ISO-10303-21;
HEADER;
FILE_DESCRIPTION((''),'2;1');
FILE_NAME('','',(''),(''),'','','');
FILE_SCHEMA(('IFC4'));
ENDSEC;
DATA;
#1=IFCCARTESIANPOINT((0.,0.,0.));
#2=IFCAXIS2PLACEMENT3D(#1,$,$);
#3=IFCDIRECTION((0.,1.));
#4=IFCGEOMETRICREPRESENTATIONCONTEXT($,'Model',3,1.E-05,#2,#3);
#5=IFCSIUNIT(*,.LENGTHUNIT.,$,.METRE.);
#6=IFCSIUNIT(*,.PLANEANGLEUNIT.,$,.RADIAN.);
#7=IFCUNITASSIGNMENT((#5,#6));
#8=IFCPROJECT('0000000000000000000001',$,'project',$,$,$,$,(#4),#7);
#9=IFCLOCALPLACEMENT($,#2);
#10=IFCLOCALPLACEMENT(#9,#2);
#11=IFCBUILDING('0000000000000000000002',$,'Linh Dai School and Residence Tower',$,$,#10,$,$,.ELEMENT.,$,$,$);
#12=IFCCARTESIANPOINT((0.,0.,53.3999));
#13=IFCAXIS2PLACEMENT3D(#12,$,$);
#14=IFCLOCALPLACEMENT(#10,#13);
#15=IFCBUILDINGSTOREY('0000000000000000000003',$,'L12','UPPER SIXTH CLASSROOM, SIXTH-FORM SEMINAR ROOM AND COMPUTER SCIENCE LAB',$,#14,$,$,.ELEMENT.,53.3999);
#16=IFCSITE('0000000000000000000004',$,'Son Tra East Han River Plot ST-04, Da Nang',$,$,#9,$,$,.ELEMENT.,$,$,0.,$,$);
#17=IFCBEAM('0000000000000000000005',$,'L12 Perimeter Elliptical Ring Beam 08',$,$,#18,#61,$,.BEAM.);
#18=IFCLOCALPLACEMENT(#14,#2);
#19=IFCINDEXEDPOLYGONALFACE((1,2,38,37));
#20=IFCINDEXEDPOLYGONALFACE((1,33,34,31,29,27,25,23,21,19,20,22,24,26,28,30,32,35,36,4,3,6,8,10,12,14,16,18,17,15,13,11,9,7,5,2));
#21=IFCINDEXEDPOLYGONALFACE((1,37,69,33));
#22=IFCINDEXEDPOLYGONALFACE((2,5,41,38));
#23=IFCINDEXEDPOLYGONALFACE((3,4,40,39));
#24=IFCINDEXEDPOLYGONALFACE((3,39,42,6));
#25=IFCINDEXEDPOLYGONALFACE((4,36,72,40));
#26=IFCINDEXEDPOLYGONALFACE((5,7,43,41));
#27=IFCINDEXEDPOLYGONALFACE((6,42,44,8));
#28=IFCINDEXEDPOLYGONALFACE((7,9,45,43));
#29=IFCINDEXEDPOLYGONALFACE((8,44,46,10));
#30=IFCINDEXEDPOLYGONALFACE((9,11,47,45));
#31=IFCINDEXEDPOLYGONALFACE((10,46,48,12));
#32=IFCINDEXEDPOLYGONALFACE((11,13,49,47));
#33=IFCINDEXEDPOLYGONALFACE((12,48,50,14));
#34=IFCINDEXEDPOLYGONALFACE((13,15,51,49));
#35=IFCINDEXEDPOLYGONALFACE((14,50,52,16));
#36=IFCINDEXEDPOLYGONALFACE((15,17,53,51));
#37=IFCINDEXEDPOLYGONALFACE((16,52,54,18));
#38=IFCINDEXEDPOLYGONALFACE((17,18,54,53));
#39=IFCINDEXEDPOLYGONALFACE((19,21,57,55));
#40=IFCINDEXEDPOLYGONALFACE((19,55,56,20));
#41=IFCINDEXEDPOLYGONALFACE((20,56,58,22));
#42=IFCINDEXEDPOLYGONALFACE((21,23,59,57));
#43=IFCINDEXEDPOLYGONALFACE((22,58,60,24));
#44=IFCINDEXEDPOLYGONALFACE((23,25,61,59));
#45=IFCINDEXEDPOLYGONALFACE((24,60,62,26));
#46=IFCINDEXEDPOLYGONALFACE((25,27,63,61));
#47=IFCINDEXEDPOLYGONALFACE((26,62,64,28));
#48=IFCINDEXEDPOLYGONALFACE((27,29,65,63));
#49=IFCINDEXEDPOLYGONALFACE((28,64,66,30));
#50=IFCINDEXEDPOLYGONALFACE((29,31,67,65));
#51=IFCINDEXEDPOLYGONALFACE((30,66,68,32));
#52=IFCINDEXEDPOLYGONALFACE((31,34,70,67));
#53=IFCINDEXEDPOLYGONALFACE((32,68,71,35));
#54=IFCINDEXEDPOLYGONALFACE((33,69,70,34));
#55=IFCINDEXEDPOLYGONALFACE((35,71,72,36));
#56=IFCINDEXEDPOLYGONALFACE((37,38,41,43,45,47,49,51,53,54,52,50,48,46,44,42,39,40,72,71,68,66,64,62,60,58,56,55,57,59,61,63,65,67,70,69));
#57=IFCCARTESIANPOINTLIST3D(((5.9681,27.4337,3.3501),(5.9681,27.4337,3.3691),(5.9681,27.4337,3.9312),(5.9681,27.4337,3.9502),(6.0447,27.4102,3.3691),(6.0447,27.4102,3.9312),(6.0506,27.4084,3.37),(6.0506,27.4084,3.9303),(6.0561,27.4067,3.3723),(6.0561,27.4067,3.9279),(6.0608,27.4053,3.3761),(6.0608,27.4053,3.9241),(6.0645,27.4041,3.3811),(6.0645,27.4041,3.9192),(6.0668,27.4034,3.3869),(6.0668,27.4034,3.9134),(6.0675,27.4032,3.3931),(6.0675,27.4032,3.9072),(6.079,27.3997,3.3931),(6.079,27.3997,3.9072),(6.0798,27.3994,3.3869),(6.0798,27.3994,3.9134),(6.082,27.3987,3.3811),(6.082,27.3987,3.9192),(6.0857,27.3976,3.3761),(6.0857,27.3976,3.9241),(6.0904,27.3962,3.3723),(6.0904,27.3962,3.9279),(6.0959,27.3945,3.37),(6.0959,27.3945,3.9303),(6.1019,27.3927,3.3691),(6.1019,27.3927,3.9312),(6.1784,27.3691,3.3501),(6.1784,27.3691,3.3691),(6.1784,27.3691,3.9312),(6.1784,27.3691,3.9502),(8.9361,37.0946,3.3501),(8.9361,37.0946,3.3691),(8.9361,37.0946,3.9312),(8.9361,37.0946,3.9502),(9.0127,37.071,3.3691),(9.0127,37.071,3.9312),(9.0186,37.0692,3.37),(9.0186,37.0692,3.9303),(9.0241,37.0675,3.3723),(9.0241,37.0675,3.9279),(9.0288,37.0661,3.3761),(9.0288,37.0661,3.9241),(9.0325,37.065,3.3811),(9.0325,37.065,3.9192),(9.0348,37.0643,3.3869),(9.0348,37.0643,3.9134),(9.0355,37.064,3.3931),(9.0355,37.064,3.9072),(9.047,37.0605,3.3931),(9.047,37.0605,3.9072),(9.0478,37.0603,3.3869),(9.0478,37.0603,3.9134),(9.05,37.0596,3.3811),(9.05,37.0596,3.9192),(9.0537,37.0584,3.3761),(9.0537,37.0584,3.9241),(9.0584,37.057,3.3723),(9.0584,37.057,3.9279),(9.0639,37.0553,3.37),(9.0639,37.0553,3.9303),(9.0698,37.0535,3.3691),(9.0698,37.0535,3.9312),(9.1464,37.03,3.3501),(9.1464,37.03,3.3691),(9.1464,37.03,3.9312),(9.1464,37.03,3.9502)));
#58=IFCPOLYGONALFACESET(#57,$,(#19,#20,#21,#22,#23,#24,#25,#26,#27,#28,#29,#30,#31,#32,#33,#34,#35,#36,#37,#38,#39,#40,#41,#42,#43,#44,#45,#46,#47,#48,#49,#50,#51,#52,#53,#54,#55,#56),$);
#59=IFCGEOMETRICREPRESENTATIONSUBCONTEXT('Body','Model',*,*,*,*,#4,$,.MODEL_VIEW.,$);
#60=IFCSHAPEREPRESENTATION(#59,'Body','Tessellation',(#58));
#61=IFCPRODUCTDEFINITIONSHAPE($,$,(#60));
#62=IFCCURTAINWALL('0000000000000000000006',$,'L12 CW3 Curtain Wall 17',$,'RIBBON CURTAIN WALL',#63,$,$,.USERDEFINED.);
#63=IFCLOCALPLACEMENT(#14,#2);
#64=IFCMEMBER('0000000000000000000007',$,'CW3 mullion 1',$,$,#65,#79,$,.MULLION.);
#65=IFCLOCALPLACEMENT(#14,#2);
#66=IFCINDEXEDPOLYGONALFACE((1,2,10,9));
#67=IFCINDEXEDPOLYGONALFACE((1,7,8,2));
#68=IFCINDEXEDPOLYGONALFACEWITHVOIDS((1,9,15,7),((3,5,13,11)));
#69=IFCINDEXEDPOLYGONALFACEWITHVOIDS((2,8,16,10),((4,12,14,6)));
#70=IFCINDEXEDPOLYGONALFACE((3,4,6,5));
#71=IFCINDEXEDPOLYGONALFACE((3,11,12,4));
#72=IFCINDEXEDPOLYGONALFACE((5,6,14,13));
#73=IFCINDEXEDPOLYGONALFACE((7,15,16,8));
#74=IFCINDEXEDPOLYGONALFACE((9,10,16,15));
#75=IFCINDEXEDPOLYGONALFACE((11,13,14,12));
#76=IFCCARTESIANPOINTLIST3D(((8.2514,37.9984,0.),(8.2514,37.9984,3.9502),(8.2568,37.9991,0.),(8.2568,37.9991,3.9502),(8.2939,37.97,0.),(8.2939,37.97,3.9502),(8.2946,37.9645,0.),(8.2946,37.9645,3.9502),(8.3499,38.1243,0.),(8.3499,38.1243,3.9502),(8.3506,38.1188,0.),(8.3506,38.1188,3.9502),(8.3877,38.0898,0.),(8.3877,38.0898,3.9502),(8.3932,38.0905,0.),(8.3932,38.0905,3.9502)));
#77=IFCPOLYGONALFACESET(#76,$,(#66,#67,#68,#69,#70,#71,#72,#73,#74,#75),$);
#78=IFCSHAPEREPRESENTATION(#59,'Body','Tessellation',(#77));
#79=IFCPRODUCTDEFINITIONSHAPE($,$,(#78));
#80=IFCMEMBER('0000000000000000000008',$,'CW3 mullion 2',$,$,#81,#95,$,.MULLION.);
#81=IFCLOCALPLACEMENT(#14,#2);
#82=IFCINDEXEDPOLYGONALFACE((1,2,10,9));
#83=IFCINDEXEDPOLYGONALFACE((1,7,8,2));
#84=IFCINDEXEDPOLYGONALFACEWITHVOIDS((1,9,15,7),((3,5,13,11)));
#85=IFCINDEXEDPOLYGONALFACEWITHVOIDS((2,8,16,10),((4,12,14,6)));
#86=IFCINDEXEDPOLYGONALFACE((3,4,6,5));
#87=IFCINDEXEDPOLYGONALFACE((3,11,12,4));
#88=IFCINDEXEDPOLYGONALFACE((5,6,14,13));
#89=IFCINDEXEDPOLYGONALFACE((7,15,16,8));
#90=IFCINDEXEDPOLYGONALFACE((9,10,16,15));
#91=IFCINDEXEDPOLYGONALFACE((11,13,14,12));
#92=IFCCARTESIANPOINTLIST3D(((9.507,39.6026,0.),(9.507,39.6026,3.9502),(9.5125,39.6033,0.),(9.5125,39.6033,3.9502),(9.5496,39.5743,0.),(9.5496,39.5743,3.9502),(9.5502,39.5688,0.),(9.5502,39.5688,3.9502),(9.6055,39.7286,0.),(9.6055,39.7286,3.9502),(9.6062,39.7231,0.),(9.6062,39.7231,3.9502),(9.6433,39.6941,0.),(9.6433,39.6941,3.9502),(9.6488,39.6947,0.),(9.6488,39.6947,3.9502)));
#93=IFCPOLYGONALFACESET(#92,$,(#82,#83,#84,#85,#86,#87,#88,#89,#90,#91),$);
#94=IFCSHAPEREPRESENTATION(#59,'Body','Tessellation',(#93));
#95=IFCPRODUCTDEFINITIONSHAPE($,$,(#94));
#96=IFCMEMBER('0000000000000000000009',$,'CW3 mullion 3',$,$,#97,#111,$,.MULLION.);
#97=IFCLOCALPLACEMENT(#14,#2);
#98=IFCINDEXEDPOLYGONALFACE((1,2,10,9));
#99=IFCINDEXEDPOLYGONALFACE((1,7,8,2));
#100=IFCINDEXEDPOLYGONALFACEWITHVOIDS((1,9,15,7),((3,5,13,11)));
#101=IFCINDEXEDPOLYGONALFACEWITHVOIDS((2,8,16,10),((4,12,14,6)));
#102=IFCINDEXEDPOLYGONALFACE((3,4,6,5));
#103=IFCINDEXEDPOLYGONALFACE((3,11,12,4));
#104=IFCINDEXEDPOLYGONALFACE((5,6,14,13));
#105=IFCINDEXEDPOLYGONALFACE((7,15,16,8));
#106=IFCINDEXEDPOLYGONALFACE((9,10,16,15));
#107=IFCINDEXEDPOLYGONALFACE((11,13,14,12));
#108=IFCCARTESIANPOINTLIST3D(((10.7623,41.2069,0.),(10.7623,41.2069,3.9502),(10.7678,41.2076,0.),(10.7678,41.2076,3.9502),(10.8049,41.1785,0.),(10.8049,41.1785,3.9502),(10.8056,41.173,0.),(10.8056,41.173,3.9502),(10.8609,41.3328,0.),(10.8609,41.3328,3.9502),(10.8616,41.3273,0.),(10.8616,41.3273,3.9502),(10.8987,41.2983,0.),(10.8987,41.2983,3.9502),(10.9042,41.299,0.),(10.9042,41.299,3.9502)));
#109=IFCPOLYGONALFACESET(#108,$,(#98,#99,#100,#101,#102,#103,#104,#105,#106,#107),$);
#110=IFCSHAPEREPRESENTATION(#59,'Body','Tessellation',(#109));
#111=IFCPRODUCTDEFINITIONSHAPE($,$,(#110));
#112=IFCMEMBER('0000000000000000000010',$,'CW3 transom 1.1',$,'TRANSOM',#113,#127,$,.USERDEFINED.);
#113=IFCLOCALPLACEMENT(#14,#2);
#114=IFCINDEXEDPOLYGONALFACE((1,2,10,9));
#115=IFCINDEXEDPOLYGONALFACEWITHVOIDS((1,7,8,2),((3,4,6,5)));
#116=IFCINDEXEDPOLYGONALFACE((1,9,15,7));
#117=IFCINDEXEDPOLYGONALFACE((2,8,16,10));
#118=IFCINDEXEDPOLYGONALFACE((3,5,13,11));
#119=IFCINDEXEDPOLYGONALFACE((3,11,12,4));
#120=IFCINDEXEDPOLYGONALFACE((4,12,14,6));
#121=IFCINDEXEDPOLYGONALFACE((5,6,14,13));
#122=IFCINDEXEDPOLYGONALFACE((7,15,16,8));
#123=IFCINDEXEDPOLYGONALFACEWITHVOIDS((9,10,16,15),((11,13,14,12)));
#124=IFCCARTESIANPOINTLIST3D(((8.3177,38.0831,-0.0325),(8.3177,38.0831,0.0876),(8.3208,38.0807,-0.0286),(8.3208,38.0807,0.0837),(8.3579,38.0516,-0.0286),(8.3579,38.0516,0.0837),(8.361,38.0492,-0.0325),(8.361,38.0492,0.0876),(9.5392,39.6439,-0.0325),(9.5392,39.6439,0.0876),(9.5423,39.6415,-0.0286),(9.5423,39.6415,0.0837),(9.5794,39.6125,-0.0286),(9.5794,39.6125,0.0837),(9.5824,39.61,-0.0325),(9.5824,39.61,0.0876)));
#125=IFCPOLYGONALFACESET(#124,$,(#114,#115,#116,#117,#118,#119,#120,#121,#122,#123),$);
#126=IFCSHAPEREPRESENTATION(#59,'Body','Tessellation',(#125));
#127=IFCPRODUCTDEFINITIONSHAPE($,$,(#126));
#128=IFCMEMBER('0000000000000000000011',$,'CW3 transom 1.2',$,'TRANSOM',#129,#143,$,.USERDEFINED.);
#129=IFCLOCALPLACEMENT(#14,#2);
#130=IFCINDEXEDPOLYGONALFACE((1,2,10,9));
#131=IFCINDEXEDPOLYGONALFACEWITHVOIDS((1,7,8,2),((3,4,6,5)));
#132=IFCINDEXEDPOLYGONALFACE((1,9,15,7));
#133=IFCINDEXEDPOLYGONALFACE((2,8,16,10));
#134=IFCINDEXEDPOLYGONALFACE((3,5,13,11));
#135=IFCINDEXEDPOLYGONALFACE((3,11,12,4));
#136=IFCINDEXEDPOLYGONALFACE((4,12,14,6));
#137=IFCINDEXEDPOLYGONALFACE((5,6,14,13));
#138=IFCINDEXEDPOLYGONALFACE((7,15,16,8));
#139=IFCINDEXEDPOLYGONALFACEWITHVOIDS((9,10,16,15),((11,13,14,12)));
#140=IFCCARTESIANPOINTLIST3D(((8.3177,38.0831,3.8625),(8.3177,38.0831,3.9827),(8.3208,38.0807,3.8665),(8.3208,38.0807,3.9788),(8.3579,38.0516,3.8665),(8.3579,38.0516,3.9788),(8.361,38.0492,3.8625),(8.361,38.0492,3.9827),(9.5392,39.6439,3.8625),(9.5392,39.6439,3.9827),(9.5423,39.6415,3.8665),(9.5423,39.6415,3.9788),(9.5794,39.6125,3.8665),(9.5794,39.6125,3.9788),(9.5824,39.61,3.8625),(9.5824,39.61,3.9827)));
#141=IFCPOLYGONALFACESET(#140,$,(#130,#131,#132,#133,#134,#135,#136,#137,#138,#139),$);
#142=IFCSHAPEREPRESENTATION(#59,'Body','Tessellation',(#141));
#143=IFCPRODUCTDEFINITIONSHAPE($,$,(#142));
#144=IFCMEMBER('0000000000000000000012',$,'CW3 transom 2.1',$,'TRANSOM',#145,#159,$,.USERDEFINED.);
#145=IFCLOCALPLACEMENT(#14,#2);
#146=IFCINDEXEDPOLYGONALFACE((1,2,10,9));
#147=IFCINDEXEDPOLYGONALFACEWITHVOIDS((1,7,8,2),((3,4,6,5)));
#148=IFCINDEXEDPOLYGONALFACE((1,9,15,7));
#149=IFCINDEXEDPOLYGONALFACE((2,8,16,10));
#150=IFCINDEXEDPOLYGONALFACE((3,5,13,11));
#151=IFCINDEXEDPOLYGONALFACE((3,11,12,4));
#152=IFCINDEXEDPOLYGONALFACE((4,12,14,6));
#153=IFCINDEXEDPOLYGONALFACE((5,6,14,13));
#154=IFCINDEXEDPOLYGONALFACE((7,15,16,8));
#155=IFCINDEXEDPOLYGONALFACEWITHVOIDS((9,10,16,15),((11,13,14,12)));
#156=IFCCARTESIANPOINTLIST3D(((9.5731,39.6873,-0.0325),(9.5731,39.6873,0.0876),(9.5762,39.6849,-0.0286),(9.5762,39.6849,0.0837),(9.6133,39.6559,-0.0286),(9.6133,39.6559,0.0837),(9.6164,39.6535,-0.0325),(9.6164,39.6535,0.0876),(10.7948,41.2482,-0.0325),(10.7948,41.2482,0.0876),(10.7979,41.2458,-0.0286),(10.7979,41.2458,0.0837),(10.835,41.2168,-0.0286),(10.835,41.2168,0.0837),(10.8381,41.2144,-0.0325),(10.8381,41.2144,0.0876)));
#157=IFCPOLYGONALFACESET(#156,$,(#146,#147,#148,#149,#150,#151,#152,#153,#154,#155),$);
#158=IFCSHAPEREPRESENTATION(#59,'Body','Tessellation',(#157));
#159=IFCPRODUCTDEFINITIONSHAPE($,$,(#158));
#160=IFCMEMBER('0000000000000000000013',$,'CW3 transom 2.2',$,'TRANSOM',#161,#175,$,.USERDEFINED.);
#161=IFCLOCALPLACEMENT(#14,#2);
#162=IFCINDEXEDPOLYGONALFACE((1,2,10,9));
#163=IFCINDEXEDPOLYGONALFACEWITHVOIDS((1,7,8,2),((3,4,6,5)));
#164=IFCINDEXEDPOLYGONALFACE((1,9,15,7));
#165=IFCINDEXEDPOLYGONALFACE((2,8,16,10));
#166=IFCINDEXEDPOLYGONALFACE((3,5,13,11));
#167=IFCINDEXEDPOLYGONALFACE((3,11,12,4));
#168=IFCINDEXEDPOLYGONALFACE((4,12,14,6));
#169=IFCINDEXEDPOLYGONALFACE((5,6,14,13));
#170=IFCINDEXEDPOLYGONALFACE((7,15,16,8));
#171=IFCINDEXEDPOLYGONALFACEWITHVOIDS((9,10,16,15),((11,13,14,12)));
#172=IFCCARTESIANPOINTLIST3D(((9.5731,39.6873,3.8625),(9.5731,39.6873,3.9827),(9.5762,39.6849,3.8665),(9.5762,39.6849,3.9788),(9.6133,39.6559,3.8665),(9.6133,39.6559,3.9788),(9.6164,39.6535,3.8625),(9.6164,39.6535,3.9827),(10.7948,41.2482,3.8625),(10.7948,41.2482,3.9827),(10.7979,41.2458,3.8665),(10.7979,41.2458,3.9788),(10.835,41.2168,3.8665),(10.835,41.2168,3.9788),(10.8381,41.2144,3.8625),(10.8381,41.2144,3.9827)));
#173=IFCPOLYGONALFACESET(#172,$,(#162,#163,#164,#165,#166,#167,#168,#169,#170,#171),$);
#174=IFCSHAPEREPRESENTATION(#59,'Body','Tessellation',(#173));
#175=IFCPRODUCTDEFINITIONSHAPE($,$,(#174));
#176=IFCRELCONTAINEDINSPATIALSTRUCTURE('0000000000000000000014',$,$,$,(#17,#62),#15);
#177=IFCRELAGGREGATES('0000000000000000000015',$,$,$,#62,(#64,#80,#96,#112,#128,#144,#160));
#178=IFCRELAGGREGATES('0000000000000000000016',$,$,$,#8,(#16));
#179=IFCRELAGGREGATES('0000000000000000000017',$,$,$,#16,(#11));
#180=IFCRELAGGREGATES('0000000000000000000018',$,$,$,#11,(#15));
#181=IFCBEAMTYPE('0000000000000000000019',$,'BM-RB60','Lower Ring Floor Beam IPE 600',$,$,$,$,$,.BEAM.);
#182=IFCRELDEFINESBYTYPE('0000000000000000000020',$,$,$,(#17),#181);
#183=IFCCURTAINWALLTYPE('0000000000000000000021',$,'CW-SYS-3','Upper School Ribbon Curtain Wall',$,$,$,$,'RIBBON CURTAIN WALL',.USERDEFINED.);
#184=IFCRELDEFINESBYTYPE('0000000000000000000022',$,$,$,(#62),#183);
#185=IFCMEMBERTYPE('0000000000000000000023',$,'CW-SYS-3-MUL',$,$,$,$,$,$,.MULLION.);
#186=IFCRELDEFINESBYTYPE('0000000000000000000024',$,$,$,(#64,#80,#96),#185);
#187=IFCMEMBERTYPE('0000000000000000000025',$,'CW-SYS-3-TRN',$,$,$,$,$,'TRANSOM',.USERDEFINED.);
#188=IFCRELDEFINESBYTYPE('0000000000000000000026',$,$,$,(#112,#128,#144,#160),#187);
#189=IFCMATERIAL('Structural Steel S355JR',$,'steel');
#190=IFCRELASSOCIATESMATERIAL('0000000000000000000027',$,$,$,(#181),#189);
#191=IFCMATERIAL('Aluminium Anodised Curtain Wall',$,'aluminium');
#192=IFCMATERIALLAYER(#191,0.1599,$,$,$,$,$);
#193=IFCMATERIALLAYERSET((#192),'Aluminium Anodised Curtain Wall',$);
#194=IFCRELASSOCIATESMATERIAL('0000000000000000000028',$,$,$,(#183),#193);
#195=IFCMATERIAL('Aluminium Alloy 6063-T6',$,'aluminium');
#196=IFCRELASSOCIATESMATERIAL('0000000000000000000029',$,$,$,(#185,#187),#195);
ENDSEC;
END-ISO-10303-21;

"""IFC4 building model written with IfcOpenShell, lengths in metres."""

from ifc_helpers import new_model, si_unit, direction, frame, origin, origin_2d, place, context, subcontext, project, spatial, hollow_rectangle, i_section, extrude, source, transform, mapped, material, layer, layer_set, material_profile, profile_set, type_object, element, aggregate, save


model = new_model("IFC4")

# Units and contexts
model_context = context("Model", 3, precision=1e-05, world=origin(), true_north=direction((0.0, 1.0)))
body_context = subcontext(model_context, "Body", "Model", "MODEL_VIEW")
ifc_project = project(units=[si_unit("LENGTHUNIT", "METRE"), si_unit("PLANEANGLEUNIT", "RADIAN")], contexts=[model_context])

# Site, building, storey
site_placement = place(None, origin())
site = spatial("IfcSite", under=ifc_project, at=site_placement, Name="Son Tra East Han River Plot ST-04, Da Nang", CompositionType="ELEMENT", RefElevation=0.0)
building_placement = place(site_placement, origin())
building = spatial("IfcBuilding", under=site, at=building_placement, Name="Linh Dai School and Residence Tower", CompositionType="ELEMENT")
storey_placement = place(building_placement, frame((0.0, 0.0, 53.3999)))
storey = spatial("IfcBuildingStorey", under=building, at=storey_placement, Name="L12", Description="UPPER SIXTH CLASSROOM, SIXTH-FORM SEMINAR ROOM AND COMPUTER SCIENCE LAB", CompositionType="ELEMENT", Elevation=53.3999)

# Shared definitions
ifc_material_1 = material(Name="Structural Steel S355JR", Category="steel")

# Beam
ifc_material_profile_1 = material_profile(ifc_material_1, i_section(OverallWidth=0.22, OverallDepth=0.6001, WebThickness=0.012, FlangeThickness=0.019, FilletRadius=0.0239, at=origin_2d()), Name="IPE 600")
ifc_profile_set_1 = profile_set([ifc_material_profile_1], Name="Structural Steel S355JR")
beam_type_1 = type_object("IfcBeamType", Name="BM-RB60", Description="Lower Ring Floor Beam IPE 600", PredefinedType="BEAM", material=ifc_profile_set_1)
beam_1_placement = place(storey_placement, frame((9.0413, 37.0623, 3.6501), z_axis=(-0.293673, -0.955906, 0.0), x_axis=(0.955906, -0.293673, 0.0)))
element("IfcBeam", 1, at=beam_1_placement, inside=storey, type_object=beam_type_1, Name="L12 Perimeter Elliptical Ring Beam 08", PredefinedType="BEAM", context=body_context, shape_type="SweptSolid", body=[
    extrude(i_section(OverallWidth=0.22, OverallDepth=0.6001, WebThickness=0.012, FlangeThickness=0.019, FilletRadius=0.0239, at=origin_2d()), origin(), (0.0, 0.0, 1.0), 10.1064),
])

# Curtain wall, members
ifc_material_2 = material(Name="Aluminium Anodised Curtain Wall", Category="aluminium")
ifc_layer_1 = layer(ifc_material_2, 0.1599)
ifc_layer_set_1 = layer_set([ifc_layer_1], Name="Aluminium Anodised Curtain Wall")
curtain_wall_type = type_object("IfcCurtainWallType", Name="CW-SYS-3", Description="Upper School Ribbon Curtain Wall", ElementType="RIBBON CURTAIN WALL", PredefinedType="USERDEFINED", material=ifc_layer_set_1)
curtain_wall_placement = place(storey_placement, origin())
curtain_wall = element("IfcCurtainWall", 2, at=curtain_wall_placement, inside=storey, type_object=curtain_wall_type, Name="L12 CW3 Curtain Wall 17", ObjectType="RIBBON CURTAIN WALL", PredefinedType="USERDEFINED")
ifc_material_3 = material(Name="Aluminium Alloy 6063-T6", Category="aluminium")
ifc_material_profile_2 = material_profile(ifc_material_3, hollow_rectangle(XDim=0.0549, YDim=0.1599, WallThickness=0.0039, at=origin_2d()), Name="RHS 160x55x4")
ifc_profile_set_2 = profile_set([ifc_material_profile_2], Name="Aluminium Alloy 6063-T6")
member_type_1 = type_object("IfcMemberType", Name="CW-SYS-3-MUL", PredefinedType="MULLION", material=ifc_profile_set_2)
shared_shape_1 = source(origin(), body_context, "Body", "SweptSolid", [
    extrude(hollow_rectangle(XDim=0.0549, YDim=0.1599, WallThickness=0.0039, at=origin_2d()), origin(), (0.0, 0.0, 1.0), 3.9502),
])
member_1_placement = place(storey_placement, frame((8.3223, 38.0444, 0.0), z_axis=(0.0, 0.0, 1.0), x_axis=(-0.787496, 0.616319, 0.0)))
member_1 = element("IfcMember", 3, at=member_1_placement, type_object=member_type_1, Name="CW3 mullion 1", PredefinedType="MULLION", context=body_context, shape_type="MappedRepresentation", body=[
    mapped(shared_shape_1, transform((0.0, 0.0, 0.0), x_axis=(1.0, 0.0, 0.0), y_axis=(0.0, 1.0, 0.0), z_axis=(0.0, 0.0, 1.0), scale=1.0)),
])
member_2_placement = place(storey_placement, frame((9.5779, 39.6487, 0.0), z_axis=(0.0, 0.0, 1.0), x_axis=(-0.787496, 0.616319, 0.0)))
member_2 = element("IfcMember", 4, at=member_2_placement, type_object=member_type_1, Name="CW3 mullion 2", PredefinedType="MULLION", context=body_context, shape_type="MappedRepresentation", body=[
    mapped(shared_shape_1, transform((0.0, 0.0, 0.0), x_axis=(1.0, 0.0, 0.0), y_axis=(0.0, 1.0, 0.0), z_axis=(0.0, 0.0, 1.0), scale=1.0)),
])
member_3_placement = place(storey_placement, frame((10.8333, 41.2529, 0.0), z_axis=(0.0, 0.0, 1.0), x_axis=(-0.787496, 0.616319, 0.0)))
member_3 = element("IfcMember", 5, at=member_3_placement, type_object=member_type_1, Name="CW3 mullion 3", PredefinedType="MULLION", context=body_context, shape_type="MappedRepresentation", body=[
    mapped(shared_shape_1, transform((0.0, 0.0, 0.0), x_axis=(1.0, 0.0, 0.0), y_axis=(0.0, 1.0, 0.0), z_axis=(0.0, 0.0, 1.0), scale=1.0)),
])
ifc_material_profile_3 = material_profile(ifc_material_3, hollow_rectangle(XDim=0.0549, YDim=0.1201, WallThickness=0.0039, at=origin_2d()), Name="RHS 120x55x4")
ifc_profile_set_3 = profile_set([ifc_material_profile_3], Name="Aluminium Alloy 6063-T6")
member_type_2 = type_object("IfcMemberType", Name="CW-SYS-3-TRN", ElementType="TRANSOM", PredefinedType="USERDEFINED", material=ifc_profile_set_3)
shared_shape_2 = source(origin(), body_context, "Body", "SweptSolid", [
    extrude(hollow_rectangle(XDim=0.0549, YDim=0.1201, WallThickness=0.0039, at=origin_2d()), origin(), (0.0, 0.0, 1.0), 1.9819),
])
member_4_placement = place(storey_placement, frame((8.3394, 38.0662, 0.0276), z_axis=(0.616292, 0.787518, 0.0), x_axis=(-0.787518, 0.616292, 0.0)))
member_4 = element("IfcMember", 6, at=member_4_placement, type_object=member_type_2, Name="CW3 transom 1.1", ObjectType="TRANSOM", PredefinedType="USERDEFINED", context=body_context, shape_type="MappedRepresentation", body=[
    mapped(shared_shape_2, transform((0.0, 0.0, 0.0), x_axis=(1.0, 0.0, 0.0), y_axis=(0.0, 1.0, 0.0), z_axis=(0.0, 0.0, 1.0), scale=1.0)),
])
member_5_placement = place(storey_placement, frame((8.3394, 38.0662, 3.9226), z_axis=(0.616292, 0.787518, 0.0), x_axis=(-0.787518, 0.616292, 0.0)))
member_5 = element("IfcMember", 7, at=member_5_placement, type_object=member_type_2, Name="CW3 transom 1.2", ObjectType="TRANSOM", PredefinedType="USERDEFINED", context=body_context, shape_type="MappedRepresentation", body=[
    mapped(shared_shape_2, transform((0.0, 0.0, 0.0), x_axis=(1.0, 0.0, 0.0), y_axis=(0.0, 1.0, 0.0), z_axis=(0.0, 0.0, 1.0), scale=1.0)),
])
shared_shape_3 = source(origin(), body_context, "Body", "SweptSolid", [
    extrude(hollow_rectangle(XDim=0.0549, YDim=0.1201, WallThickness=0.0039, at=origin_2d()), origin(), (0.0, 0.0, 1.0), 1.9822),
])
member_6_placement = place(storey_placement, frame((9.5947, 39.6704, 0.0276), z_axis=(0.616368, 0.787458, 0.0), x_axis=(-0.787458, 0.616368, 0.0)))
member_6 = element("IfcMember", 8, at=member_6_placement, type_object=member_type_2, Name="CW3 transom 2.1", ObjectType="TRANSOM", PredefinedType="USERDEFINED", context=body_context, shape_type="MappedRepresentation", body=[
    mapped(shared_shape_3, transform((0.0, 0.0, 0.0), x_axis=(1.0, 0.0, 0.0), y_axis=(0.0, 1.0, 0.0), z_axis=(0.0, 0.0, 1.0), scale=1.0)),
])
member_7_placement = place(storey_placement, frame((9.5947, 39.6704, 3.9226), z_axis=(0.616368, 0.787458, 0.0), x_axis=(-0.787458, 0.616368, 0.0)))
member_7 = element("IfcMember", 9, at=member_7_placement, type_object=member_type_2, Name="CW3 transom 2.2", ObjectType="TRANSOM", PredefinedType="USERDEFINED", context=body_context, shape_type="MappedRepresentation", body=[
    mapped(shared_shape_3, transform((0.0, 0.0, 0.0), x_axis=(1.0, 0.0, 0.0), y_axis=(0.0, 1.0, 0.0), z_axis=(0.0, 0.0, 1.0), scale=1.0)),
])

aggregate(curtain_wall, [member_1, member_2, member_3, member_4, member_5, member_6, member_7])

save(model, "model.ifc")
